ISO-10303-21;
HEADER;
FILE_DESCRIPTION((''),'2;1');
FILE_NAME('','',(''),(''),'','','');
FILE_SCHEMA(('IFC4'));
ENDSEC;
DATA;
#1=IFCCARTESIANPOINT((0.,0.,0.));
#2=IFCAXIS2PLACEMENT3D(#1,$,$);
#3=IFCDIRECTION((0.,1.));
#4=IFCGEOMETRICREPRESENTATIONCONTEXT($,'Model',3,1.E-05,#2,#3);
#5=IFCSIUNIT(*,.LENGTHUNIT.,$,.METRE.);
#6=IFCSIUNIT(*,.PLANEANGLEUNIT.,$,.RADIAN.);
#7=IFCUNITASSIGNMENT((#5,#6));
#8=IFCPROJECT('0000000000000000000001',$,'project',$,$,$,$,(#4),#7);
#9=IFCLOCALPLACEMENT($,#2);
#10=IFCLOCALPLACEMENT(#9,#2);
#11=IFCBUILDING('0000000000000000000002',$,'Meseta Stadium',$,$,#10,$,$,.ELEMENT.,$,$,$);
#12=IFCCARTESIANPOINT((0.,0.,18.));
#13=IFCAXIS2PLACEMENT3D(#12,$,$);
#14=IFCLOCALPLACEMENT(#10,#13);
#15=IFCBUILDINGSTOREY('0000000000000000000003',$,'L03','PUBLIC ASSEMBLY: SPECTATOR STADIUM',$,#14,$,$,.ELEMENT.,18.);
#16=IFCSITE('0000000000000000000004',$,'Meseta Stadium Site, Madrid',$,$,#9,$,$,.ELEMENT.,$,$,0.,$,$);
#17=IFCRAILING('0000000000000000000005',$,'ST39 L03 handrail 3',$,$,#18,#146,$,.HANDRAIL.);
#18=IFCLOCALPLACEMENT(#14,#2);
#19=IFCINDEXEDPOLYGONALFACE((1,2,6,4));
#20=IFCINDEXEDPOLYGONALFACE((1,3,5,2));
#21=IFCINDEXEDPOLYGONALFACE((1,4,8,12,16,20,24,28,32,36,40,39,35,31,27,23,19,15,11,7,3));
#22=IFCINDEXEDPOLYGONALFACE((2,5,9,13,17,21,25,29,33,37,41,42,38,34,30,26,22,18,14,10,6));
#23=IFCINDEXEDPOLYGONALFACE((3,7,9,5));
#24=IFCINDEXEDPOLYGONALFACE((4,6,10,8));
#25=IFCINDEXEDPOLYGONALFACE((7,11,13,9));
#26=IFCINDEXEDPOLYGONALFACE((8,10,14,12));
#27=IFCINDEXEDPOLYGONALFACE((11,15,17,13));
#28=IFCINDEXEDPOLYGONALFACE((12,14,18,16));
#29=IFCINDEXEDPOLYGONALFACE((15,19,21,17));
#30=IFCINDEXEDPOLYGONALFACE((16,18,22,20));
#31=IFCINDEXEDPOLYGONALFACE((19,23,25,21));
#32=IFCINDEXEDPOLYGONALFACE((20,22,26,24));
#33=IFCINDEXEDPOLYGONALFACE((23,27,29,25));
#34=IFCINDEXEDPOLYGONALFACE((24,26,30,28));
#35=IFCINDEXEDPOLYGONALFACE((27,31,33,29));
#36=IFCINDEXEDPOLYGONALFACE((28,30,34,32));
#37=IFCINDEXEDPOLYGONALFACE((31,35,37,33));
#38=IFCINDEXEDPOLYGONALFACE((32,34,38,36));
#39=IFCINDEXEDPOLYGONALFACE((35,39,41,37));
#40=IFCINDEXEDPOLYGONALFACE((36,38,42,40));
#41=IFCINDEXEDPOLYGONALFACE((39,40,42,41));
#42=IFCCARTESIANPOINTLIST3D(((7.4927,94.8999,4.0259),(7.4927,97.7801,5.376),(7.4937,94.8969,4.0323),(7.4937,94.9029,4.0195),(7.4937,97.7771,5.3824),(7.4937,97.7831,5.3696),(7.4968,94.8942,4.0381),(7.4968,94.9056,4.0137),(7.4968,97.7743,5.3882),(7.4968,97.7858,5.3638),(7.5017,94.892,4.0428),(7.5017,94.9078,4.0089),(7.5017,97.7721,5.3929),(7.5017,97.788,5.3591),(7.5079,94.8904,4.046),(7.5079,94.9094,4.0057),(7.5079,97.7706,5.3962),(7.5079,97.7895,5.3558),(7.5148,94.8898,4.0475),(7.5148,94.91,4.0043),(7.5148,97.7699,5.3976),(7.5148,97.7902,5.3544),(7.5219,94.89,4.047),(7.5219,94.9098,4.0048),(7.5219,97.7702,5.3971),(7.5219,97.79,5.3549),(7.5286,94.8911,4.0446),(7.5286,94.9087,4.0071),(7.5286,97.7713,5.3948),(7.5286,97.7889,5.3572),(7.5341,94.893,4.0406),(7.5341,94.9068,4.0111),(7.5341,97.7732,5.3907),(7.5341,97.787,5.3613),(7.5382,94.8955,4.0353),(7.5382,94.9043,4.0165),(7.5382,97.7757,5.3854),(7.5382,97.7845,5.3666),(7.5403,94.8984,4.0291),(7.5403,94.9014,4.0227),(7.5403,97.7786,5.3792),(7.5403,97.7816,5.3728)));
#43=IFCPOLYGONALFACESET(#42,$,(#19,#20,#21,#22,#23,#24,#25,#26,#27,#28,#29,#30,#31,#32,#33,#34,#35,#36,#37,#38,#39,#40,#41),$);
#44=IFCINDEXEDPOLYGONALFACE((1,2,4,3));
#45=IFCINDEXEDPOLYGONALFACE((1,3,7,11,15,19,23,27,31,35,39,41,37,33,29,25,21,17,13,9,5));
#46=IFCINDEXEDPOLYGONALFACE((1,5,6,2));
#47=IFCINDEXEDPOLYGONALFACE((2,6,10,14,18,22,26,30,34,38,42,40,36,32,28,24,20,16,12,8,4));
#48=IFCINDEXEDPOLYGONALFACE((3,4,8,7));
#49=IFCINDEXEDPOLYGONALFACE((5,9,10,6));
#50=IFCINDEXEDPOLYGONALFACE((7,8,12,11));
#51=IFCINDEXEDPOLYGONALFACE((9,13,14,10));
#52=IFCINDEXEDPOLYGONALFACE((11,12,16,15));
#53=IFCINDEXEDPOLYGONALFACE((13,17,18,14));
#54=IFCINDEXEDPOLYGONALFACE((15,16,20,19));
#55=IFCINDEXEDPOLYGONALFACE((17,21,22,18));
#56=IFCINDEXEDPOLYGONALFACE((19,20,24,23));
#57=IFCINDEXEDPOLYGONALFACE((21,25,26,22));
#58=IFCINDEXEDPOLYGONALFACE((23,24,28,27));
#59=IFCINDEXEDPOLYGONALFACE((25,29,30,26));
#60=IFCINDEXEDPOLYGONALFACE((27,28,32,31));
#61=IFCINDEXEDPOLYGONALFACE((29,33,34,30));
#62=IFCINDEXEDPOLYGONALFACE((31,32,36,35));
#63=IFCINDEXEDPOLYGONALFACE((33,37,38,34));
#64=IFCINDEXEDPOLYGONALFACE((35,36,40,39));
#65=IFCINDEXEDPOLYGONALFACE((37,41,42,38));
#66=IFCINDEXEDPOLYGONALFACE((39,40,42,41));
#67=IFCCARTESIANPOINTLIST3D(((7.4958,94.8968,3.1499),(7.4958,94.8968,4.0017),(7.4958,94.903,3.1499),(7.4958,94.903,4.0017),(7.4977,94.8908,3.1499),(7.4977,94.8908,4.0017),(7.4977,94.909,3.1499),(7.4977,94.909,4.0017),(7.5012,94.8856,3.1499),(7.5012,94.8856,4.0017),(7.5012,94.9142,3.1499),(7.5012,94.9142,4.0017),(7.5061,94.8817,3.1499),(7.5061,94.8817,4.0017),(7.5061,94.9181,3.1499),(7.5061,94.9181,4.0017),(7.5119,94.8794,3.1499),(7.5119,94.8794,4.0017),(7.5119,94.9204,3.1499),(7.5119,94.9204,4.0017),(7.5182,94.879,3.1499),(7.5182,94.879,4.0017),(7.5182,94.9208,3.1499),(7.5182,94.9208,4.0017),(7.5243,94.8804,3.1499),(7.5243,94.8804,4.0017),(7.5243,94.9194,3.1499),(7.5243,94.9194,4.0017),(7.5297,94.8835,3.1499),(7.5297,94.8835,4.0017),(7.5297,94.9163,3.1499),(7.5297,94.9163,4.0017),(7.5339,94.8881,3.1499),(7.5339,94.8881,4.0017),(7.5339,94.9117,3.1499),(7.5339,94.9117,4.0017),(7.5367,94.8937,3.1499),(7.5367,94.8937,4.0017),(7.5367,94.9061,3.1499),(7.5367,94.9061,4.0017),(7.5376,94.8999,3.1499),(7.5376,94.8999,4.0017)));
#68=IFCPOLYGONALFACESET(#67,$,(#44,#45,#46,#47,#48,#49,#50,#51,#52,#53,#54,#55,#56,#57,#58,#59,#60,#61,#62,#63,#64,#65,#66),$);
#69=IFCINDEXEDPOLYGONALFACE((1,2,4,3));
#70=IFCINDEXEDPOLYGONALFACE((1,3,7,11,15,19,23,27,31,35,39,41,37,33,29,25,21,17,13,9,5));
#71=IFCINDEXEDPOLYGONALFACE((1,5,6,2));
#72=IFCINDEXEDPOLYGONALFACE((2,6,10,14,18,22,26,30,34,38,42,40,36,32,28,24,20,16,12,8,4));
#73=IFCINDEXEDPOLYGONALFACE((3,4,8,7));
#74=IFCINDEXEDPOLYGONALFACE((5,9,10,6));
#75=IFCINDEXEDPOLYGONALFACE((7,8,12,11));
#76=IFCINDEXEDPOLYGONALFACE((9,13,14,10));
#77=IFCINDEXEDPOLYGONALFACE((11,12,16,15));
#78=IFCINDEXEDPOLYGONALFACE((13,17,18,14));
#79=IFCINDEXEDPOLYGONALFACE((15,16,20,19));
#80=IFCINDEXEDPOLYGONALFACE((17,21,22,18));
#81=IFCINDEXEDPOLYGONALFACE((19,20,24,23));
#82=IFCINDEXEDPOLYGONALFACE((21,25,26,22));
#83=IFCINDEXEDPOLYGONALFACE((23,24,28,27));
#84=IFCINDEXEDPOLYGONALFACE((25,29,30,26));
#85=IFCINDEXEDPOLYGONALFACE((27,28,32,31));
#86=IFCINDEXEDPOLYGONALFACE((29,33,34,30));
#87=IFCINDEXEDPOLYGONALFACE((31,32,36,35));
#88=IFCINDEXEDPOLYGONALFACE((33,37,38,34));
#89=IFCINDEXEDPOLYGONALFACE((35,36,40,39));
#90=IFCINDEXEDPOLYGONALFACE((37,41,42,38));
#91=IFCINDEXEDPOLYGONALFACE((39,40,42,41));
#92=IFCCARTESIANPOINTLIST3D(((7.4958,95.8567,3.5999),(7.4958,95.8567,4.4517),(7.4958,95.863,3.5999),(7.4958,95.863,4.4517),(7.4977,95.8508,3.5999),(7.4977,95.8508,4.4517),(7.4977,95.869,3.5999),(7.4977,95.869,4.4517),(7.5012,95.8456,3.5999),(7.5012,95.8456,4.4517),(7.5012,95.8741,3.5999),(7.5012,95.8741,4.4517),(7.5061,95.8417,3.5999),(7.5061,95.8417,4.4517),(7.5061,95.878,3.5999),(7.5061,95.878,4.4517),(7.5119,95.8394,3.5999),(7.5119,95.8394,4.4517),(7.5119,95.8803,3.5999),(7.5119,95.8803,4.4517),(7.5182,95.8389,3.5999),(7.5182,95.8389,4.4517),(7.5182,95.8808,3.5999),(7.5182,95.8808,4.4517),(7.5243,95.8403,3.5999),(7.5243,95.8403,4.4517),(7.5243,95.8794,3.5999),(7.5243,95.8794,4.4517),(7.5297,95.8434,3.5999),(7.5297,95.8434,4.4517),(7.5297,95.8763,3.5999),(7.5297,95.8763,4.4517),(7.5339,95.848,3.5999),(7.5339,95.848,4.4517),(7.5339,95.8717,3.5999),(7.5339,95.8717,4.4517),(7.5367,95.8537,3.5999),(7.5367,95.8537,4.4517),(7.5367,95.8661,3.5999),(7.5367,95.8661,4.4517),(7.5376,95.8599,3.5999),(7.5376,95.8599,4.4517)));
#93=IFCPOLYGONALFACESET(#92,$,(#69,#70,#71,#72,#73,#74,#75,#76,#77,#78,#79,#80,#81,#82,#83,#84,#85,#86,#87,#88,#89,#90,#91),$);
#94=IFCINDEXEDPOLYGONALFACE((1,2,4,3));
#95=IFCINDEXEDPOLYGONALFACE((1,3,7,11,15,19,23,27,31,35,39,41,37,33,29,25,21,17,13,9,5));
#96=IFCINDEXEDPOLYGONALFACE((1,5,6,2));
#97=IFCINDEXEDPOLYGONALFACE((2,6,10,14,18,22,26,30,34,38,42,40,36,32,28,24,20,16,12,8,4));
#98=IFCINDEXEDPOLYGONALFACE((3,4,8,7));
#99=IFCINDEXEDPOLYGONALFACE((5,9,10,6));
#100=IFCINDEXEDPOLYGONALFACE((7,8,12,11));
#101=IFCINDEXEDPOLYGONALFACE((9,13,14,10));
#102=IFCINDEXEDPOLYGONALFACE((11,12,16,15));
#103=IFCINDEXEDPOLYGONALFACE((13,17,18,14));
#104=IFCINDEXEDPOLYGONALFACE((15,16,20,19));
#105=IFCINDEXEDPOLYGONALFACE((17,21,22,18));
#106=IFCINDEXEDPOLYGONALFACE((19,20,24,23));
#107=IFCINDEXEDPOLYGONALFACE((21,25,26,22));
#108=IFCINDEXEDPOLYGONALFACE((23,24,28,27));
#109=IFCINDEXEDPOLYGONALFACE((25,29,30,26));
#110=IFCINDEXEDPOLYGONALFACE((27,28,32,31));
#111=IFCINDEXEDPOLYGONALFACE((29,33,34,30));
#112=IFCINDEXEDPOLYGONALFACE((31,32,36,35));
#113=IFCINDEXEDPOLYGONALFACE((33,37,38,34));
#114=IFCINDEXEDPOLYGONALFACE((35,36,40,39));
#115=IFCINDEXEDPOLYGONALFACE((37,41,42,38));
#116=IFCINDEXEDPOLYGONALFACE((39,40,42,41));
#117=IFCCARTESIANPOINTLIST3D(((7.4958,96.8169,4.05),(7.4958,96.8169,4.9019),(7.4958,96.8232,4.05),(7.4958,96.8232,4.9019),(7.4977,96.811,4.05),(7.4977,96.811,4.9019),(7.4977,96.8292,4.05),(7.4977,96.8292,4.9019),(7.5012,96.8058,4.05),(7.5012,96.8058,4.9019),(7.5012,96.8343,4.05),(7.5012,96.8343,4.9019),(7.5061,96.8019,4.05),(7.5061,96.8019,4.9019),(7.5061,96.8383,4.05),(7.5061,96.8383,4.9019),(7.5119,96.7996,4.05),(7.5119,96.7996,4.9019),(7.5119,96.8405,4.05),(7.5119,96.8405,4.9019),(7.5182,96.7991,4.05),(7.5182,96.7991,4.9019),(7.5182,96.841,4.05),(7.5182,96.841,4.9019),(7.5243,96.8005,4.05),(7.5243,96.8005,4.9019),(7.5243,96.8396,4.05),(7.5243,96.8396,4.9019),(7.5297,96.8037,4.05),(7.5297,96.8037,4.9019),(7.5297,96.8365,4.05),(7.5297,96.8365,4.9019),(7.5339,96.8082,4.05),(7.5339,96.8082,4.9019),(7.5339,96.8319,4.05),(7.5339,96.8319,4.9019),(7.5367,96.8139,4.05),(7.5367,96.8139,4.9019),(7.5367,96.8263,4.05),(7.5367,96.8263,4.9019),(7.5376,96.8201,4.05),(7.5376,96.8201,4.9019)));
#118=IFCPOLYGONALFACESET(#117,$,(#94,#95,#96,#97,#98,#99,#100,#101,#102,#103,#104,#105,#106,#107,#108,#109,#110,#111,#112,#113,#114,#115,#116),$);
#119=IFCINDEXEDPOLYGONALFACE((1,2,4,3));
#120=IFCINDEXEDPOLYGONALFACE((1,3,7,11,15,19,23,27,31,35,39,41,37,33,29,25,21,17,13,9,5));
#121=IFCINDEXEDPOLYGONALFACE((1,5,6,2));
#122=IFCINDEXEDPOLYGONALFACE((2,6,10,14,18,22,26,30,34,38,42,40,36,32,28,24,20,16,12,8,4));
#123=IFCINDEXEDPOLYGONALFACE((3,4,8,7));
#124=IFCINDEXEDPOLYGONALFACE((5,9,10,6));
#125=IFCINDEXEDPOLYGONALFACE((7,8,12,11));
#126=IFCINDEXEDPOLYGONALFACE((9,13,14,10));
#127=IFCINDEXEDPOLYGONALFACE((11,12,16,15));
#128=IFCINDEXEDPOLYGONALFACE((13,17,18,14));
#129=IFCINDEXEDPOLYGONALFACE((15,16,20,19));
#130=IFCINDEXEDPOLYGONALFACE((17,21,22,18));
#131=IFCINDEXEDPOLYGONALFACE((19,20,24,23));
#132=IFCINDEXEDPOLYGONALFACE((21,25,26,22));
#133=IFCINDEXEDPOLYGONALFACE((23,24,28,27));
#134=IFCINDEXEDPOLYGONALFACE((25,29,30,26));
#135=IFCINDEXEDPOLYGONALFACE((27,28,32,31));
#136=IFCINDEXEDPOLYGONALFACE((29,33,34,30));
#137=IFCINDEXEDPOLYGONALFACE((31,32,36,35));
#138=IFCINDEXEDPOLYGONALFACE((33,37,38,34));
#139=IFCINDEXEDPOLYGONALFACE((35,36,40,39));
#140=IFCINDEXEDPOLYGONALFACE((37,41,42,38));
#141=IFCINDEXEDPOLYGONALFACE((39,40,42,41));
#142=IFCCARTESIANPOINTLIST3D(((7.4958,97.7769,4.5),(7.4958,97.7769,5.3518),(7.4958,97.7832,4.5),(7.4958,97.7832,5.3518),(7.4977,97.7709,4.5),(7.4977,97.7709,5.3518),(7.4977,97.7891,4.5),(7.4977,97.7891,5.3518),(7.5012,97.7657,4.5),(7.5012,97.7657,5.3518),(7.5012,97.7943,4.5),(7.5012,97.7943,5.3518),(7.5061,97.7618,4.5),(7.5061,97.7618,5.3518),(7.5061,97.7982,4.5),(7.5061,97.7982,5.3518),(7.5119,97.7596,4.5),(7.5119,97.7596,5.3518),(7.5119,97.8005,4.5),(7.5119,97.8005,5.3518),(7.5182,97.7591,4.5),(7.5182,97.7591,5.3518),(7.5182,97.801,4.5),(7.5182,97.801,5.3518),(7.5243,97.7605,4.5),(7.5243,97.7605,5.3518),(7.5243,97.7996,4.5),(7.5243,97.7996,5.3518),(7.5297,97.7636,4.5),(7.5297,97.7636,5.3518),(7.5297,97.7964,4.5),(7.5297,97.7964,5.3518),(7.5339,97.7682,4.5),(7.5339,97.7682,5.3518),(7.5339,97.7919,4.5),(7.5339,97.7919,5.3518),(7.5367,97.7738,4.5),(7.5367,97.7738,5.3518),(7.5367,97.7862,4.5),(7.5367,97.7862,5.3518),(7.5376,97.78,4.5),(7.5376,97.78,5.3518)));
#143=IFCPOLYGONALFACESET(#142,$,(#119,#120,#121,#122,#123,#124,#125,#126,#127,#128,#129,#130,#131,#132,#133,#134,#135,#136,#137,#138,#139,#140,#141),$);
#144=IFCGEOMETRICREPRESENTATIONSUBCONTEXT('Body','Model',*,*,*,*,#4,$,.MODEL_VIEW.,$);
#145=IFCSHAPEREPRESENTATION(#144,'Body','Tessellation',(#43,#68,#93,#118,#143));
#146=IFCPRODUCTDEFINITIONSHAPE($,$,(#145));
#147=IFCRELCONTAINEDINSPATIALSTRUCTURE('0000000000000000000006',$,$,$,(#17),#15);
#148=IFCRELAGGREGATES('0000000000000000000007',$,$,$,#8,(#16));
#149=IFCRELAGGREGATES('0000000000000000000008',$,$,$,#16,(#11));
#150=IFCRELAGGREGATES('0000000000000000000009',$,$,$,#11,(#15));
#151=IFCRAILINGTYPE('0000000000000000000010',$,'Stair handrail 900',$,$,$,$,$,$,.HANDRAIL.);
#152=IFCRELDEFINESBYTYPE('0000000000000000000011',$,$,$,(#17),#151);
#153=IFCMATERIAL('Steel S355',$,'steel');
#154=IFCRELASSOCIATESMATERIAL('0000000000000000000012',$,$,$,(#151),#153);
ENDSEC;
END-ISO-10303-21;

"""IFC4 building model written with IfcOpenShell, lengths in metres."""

from ifc_helpers import new_model, si_unit, direction, frame, origin, origin_2d, place, context, subcontext, project, spatial, circle, extrude, material, type_object, element, save


model = new_model("IFC4")

# Units and contexts
model_context = context("Model", 3, precision=1e-05, world=origin(), true_north=direction((0.0, 1.0)))
body_context = subcontext(model_context, "Body", "Model", "MODEL_VIEW")
ifc_project = project(units=[si_unit("LENGTHUNIT", "METRE"), si_unit("PLANEANGLEUNIT", "RADIAN")], contexts=[model_context])

# Site, building, storey
site_placement = place(None, origin())
site = spatial("IfcSite", under=ifc_project, at=site_placement, Name="Meseta Stadium Site, Madrid", CompositionType="ELEMENT", RefElevation=0.0)
building_placement = place(site_placement, origin())
building = spatial("IfcBuilding", under=site, at=building_placement, Name="Meseta Stadium", CompositionType="ELEMENT")
storey_placement = place(building_placement, frame((0.0, 0.0, 18.0)))
storey = spatial("IfcBuildingStorey", under=building, at=storey_placement, Name="L03", Description="PUBLIC ASSEMBLY: SPECTATOR STADIUM", CompositionType="ELEMENT", Elevation=18.0)

# Railing
ifc_material_1 = material(Name="Steel S355", Category="steel")
railing_type_1 = type_object("IfcRailingType", Name="Stair handrail 900", PredefinedType="HANDRAIL", material=ifc_material_1)
railing_1_placement = place(storey_placement, frame((7.5166, 94.8999, 3.1499)))
element("IfcRailing", 1, at=railing_1_placement, inside=storey, type_object=railing_type_1, Name="ST39 L03 handrail 3", PredefinedType="HANDRAIL", context=body_context, shape_type="SweptSolid", body=[
    extrude(circle(Radius=0.0239, at=origin_2d()), frame((0.0, 0.0, 0.876), z_axis=(0.0, 0.905454, 0.424444), x_axis=(-1.0, 0.0, 0.0)), (0.0, 0.0, 1.0), 3.1809),
    extrude(circle(Radius=0.021, at=origin_2d()), origin(), (0.0, 0.0, 1.0), 0.8518),
    extrude(circle(Radius=0.021, at=origin_2d()), frame((0.0, 0.96, 0.45)), (0.0, 0.0, 1.0), 0.8518),
    extrude(circle(Radius=0.021, at=origin_2d()), frame((0.0, 1.9202, 0.9001)), (0.0, 0.0, 1.0), 0.8518),
    extrude(circle(Radius=0.021, at=origin_2d()), frame((0.0, 2.8801, 1.3501)), (0.0, 0.0, 1.0), 0.8518),
])

save(model, "model.ifc")
